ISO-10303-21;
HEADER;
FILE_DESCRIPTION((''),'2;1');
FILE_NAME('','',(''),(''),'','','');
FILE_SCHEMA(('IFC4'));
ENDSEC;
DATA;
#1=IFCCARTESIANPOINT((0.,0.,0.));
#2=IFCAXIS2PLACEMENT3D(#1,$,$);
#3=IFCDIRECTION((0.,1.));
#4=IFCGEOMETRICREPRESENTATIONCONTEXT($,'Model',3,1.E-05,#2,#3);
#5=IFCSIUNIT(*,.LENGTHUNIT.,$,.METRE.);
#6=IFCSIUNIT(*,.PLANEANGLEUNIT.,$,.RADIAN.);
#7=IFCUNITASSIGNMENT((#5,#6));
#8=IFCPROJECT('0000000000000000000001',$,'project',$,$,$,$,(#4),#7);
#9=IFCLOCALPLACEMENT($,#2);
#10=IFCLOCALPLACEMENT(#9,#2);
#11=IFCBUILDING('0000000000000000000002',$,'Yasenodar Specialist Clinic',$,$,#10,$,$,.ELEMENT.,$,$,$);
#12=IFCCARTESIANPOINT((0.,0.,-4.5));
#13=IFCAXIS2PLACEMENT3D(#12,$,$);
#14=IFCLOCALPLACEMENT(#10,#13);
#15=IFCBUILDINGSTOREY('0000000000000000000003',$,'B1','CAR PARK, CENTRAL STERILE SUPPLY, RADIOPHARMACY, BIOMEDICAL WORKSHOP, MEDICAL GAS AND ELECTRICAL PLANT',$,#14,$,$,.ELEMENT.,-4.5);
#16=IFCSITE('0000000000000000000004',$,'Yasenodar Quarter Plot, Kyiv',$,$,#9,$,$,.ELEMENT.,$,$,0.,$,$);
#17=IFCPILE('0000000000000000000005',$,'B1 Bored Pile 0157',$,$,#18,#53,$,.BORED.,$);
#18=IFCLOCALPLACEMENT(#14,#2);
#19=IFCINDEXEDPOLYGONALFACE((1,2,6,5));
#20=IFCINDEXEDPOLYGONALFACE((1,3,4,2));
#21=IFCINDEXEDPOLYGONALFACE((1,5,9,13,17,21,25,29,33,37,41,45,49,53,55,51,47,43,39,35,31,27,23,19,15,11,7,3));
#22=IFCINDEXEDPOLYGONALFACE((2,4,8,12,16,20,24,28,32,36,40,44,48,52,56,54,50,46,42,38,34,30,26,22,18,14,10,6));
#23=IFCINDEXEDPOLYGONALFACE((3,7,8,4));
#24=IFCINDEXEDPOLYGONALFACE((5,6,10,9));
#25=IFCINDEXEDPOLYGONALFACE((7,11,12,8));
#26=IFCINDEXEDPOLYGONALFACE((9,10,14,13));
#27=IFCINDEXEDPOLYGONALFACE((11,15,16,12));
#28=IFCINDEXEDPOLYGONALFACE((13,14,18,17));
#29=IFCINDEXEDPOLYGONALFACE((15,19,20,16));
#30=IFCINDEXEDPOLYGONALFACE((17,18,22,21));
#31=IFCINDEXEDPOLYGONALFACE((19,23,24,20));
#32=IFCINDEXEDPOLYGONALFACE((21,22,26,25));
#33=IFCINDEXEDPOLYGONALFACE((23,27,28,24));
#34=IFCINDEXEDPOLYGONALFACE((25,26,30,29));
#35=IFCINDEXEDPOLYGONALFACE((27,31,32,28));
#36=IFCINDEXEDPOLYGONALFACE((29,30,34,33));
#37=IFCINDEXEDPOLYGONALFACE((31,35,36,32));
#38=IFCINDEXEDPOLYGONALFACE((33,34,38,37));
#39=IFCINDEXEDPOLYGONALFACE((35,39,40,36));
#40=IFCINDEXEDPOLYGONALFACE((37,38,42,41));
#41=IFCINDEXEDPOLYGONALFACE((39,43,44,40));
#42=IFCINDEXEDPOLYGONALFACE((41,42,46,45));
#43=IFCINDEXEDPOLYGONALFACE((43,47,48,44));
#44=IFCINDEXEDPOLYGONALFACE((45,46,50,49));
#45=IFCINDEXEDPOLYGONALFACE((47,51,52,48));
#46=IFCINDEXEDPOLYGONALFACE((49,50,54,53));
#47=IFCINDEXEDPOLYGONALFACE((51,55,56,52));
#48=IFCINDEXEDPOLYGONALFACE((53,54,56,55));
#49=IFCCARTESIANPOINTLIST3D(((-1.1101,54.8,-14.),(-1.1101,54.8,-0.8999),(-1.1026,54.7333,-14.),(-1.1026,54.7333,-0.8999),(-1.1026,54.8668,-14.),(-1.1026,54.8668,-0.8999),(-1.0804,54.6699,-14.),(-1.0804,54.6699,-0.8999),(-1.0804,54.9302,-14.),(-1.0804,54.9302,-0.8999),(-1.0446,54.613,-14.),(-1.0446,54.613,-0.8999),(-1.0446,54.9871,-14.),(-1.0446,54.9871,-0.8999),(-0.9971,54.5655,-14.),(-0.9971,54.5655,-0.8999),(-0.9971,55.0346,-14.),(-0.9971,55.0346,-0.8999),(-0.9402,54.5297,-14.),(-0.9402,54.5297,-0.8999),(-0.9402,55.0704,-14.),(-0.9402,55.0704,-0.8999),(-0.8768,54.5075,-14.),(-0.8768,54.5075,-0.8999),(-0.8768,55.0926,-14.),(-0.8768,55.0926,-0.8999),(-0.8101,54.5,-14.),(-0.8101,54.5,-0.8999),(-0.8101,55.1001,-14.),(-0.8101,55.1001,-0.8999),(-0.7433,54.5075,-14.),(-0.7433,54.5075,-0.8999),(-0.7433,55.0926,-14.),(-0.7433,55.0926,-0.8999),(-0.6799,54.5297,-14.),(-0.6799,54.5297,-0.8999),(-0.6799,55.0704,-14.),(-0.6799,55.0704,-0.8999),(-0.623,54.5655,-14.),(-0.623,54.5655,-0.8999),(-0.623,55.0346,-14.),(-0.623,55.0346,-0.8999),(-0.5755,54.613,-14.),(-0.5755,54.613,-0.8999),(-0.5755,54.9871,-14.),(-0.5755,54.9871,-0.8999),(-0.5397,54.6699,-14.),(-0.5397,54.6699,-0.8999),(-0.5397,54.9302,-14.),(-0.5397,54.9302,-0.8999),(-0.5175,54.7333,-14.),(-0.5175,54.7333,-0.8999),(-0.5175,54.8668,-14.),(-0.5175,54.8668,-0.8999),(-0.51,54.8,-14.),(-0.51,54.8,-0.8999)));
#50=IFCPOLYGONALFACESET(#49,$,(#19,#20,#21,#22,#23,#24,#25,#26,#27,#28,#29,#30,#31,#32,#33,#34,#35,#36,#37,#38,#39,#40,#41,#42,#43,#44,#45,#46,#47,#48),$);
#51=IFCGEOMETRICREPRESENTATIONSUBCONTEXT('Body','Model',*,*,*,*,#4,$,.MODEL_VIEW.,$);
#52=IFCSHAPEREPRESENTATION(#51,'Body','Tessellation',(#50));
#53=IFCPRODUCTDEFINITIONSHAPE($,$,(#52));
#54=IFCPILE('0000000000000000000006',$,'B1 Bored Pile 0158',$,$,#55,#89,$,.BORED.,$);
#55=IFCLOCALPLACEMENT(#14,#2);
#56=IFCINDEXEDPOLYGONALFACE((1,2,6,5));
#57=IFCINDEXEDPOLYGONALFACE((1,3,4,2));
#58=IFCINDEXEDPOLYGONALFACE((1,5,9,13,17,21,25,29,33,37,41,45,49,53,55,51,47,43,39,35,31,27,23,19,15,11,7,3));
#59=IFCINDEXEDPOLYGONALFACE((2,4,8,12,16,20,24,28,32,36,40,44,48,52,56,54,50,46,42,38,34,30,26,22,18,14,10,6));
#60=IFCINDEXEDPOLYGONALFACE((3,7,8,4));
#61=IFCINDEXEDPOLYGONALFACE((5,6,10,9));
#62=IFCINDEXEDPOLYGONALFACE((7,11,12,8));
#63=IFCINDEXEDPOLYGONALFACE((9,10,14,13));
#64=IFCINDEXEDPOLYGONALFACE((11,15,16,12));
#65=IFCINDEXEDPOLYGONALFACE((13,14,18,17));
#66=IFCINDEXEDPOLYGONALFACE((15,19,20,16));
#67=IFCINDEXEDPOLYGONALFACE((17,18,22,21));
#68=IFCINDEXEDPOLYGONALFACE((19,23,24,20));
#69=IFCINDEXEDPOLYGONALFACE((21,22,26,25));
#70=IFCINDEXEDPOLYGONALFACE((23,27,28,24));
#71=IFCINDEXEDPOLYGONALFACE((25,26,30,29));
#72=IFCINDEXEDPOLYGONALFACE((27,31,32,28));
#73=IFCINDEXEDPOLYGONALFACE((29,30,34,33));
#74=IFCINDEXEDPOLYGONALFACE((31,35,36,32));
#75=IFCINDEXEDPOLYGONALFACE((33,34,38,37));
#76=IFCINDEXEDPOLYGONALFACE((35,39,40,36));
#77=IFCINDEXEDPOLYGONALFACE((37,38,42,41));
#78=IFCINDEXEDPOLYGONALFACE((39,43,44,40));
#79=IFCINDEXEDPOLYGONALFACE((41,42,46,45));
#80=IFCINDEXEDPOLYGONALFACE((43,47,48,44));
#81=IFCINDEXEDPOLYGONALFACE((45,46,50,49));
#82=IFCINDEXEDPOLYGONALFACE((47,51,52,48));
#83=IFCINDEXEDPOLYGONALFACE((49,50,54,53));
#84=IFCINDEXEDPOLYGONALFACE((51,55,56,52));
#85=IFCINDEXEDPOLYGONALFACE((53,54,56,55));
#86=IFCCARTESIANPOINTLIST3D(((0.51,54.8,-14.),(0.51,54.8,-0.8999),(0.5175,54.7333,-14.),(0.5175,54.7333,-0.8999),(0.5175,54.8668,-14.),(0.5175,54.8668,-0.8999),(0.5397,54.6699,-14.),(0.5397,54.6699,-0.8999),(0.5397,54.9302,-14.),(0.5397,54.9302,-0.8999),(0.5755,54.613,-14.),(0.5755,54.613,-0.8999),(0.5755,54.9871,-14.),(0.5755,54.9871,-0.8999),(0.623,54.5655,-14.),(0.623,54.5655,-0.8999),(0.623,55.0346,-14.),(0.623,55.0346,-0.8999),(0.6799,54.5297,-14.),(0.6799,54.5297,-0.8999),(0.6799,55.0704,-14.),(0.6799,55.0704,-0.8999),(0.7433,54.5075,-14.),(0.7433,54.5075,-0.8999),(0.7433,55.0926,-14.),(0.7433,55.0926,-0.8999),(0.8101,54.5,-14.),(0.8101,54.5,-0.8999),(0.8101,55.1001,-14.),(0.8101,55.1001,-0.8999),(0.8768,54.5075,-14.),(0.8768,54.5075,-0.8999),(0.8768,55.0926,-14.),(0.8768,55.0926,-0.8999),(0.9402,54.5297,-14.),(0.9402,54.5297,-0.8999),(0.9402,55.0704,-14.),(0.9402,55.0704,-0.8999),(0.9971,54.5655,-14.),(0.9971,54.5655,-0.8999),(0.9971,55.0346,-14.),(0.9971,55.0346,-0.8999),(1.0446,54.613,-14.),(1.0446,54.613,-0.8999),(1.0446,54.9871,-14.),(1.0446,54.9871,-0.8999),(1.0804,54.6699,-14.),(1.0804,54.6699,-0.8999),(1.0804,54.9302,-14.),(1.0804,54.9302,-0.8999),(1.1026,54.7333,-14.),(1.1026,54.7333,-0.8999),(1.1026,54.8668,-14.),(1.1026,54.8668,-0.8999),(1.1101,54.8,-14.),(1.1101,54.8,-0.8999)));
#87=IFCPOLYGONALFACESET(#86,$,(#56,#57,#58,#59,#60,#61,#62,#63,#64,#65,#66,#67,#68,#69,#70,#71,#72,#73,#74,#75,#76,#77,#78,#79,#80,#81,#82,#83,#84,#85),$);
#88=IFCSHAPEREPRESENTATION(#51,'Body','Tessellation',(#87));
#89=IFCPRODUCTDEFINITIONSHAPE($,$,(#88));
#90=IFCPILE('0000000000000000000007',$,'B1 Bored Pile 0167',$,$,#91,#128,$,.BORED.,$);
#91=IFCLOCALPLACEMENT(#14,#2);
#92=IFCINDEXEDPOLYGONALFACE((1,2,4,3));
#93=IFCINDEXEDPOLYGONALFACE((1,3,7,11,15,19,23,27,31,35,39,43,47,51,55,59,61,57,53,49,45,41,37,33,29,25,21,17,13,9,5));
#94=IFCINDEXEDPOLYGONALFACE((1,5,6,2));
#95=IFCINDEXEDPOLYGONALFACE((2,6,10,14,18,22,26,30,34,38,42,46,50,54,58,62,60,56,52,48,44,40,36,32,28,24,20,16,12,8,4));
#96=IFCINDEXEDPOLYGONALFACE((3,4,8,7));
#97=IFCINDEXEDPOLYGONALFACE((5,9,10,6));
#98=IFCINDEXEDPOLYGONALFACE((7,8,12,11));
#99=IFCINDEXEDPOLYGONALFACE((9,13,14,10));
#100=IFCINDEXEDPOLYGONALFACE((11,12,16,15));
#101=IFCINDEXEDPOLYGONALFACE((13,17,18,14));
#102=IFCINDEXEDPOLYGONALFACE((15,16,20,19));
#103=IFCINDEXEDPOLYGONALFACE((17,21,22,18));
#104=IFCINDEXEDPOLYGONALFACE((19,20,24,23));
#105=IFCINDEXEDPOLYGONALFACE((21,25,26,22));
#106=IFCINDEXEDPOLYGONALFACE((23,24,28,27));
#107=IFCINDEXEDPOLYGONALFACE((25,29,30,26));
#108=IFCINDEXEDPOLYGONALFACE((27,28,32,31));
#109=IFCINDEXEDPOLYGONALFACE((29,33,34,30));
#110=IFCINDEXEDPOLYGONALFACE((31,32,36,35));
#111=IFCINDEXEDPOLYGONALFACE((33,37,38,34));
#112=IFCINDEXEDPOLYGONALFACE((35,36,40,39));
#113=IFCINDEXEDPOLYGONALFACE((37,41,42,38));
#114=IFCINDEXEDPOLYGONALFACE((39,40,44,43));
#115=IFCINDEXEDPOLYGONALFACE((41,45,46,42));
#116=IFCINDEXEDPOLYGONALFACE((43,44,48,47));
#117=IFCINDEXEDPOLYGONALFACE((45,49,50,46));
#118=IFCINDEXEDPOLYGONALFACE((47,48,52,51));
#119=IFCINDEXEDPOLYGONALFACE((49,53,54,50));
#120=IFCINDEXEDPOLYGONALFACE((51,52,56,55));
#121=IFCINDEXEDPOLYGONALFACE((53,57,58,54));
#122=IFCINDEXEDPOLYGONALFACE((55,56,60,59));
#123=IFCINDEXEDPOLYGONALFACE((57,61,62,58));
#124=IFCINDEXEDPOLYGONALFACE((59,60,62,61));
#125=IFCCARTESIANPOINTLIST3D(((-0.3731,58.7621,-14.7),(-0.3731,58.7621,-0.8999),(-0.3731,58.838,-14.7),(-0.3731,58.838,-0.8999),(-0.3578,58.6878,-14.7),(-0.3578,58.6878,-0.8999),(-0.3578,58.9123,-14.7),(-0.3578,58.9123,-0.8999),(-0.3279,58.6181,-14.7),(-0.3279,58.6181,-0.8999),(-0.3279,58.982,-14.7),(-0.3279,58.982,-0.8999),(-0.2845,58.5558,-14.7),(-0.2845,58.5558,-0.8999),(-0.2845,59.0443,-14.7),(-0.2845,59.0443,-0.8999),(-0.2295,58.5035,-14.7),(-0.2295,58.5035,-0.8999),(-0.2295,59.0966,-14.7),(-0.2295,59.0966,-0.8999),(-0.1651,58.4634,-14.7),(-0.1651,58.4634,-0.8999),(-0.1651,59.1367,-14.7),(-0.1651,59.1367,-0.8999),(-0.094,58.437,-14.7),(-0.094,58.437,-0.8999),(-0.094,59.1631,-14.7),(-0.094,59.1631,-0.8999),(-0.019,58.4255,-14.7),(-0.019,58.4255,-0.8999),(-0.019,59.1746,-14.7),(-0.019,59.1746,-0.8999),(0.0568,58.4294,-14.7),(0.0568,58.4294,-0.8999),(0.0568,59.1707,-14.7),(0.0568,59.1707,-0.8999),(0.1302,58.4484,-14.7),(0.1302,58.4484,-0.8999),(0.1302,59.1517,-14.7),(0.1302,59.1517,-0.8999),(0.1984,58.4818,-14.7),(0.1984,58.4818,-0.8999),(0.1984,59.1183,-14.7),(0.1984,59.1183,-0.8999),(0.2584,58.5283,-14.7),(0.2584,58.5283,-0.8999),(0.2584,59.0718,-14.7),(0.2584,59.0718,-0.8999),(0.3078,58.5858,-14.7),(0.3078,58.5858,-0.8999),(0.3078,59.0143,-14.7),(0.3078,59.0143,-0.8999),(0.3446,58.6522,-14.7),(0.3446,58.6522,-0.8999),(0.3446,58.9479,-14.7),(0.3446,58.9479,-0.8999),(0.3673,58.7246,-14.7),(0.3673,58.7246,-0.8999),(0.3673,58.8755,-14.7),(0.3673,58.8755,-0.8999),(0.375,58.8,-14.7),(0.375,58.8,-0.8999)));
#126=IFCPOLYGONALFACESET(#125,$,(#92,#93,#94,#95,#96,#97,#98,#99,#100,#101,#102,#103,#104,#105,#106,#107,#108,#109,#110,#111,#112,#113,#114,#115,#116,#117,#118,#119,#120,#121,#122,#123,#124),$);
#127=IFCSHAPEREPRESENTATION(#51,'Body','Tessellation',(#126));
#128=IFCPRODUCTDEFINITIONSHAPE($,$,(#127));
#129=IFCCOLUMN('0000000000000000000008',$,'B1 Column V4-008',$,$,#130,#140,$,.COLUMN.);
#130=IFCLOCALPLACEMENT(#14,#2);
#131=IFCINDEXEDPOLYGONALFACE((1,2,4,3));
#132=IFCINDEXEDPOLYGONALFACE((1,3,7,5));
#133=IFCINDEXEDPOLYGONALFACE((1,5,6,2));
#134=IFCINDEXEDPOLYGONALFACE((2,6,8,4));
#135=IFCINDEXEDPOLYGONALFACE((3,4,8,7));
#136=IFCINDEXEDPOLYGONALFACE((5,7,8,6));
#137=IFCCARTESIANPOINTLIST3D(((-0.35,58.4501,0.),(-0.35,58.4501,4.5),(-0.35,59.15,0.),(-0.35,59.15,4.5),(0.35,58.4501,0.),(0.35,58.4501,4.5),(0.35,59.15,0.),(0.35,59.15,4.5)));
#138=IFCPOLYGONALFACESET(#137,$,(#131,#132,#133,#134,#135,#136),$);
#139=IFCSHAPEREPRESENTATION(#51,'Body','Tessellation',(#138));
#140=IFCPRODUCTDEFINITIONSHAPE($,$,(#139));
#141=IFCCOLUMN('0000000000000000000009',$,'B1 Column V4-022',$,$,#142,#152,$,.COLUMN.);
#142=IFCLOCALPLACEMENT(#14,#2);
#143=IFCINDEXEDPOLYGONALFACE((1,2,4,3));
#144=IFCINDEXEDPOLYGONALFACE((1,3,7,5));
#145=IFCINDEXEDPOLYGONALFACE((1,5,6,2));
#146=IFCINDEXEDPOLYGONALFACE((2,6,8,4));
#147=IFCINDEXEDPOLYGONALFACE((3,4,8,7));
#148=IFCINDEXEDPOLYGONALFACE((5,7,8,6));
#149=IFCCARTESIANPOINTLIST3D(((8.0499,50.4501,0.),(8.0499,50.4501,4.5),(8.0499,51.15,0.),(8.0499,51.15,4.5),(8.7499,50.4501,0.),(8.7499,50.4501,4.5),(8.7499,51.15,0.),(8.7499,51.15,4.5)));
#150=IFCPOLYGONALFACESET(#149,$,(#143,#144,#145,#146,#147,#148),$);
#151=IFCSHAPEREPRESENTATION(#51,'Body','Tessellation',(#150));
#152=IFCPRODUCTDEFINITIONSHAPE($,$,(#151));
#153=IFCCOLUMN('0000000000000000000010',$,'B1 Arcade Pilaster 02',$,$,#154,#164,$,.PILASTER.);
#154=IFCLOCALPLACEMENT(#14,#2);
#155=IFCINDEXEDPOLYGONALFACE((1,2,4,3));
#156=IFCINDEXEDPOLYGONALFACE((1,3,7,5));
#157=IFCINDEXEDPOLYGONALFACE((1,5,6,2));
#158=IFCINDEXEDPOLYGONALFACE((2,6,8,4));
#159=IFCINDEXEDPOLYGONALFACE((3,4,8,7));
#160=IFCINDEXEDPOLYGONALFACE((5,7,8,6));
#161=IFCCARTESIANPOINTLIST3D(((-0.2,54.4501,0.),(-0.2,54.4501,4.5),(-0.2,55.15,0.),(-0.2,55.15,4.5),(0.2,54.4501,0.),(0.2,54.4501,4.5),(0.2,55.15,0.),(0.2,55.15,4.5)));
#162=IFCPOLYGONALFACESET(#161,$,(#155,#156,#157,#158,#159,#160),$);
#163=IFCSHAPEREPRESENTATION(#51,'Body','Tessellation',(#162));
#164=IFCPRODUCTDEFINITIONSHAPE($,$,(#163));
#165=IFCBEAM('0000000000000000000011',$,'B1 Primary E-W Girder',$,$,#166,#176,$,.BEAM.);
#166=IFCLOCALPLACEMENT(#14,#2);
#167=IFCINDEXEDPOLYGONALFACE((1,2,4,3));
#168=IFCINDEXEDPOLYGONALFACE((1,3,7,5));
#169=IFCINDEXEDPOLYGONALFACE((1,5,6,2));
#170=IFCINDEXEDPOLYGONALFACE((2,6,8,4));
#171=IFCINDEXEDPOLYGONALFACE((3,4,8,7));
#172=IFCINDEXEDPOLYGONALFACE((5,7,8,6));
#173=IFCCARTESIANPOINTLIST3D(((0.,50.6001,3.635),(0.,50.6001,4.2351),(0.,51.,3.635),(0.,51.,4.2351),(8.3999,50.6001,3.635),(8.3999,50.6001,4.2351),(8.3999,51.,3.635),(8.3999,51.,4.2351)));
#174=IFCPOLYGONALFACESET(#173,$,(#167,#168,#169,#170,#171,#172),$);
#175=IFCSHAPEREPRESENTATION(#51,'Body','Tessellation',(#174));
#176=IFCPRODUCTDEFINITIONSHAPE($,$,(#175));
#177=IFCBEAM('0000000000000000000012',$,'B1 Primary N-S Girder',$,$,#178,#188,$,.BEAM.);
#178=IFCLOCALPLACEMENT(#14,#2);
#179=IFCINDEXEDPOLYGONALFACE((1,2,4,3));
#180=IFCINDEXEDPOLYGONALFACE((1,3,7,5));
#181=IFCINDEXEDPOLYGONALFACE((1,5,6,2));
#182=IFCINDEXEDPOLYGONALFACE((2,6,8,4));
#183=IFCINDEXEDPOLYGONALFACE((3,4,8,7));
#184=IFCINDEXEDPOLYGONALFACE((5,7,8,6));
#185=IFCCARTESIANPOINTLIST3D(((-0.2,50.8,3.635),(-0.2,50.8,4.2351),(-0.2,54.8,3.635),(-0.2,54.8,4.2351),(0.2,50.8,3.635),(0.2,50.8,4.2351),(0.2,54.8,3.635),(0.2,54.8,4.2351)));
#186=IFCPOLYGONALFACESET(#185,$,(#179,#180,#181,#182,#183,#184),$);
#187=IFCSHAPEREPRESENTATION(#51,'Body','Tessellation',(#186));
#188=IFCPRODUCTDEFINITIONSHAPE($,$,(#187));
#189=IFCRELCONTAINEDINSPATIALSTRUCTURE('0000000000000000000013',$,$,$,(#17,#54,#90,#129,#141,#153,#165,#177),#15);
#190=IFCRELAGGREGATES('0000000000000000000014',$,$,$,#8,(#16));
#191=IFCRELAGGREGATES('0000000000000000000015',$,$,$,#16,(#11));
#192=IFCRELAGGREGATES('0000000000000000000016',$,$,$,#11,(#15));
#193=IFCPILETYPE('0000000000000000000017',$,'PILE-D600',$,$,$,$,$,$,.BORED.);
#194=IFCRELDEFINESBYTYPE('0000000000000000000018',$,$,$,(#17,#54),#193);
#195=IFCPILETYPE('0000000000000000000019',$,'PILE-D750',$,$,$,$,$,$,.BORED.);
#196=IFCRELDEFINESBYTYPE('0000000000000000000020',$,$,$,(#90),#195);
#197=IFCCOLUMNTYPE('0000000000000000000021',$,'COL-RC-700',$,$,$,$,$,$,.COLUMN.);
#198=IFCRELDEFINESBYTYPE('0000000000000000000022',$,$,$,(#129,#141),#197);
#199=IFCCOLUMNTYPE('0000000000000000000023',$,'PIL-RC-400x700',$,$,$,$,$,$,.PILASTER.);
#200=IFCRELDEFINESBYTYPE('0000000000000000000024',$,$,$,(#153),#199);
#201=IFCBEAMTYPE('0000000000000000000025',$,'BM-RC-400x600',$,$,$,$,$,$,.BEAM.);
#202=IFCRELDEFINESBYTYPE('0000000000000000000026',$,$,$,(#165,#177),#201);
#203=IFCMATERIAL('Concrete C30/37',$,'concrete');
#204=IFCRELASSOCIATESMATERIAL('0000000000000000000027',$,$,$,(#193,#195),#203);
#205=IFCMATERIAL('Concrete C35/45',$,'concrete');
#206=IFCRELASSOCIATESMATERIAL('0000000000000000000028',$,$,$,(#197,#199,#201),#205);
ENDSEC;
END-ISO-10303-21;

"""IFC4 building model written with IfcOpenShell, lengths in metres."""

from ifc_helpers import new_model, si_unit, direction, frame, origin, origin_2d, place, context, subcontext, project, spatial, rectangle, circle, extrude, material, material_profile, profile_set, type_object, element, save


model = new_model("IFC4")

# Units and contexts
model_context = context("Model", 3, precision=1e-05, world=origin(), true_north=direction((0.0, 1.0)))
body_context = subcontext(model_context, "Body", "Model", "MODEL_VIEW")
ifc_project = project(units=[si_unit("LENGTHUNIT", "METRE"), si_unit("PLANEANGLEUNIT", "RADIAN")], contexts=[model_context])

# Site, building, storey
site_placement = place(None, origin())
site = spatial("IfcSite", under=ifc_project, at=site_placement, Name="Yasenodar Quarter Plot, Kyiv", CompositionType="ELEMENT", RefElevation=0.0)
building_placement = place(site_placement, origin())
building = spatial("IfcBuilding", under=site, at=building_placement, Name="Yasenodar Specialist Clinic", CompositionType="ELEMENT")
storey_placement = place(building_placement, frame((0.0, 0.0, -4.5)))
storey = spatial("IfcBuildingStorey", under=building, at=storey_placement, Name="B1", Description="CAR PARK, CENTRAL STERILE SUPPLY, RADIOPHARMACY, BIOMEDICAL WORKSHOP, MEDICAL GAS AND ELECTRICAL PLANT", CompositionType="ELEMENT", Elevation=-4.5)

# Shared definitions
ifc_material_1 = material(Name="Concrete C35/45", Category="concrete")

# Piles
ifc_material_2 = material(Name="Concrete C30/37", Category="concrete")
ifc_material_profile_1 = material_profile(ifc_material_2, circle(Radius=0.3, at=origin_2d()), Name="PILE D600")
ifc_profile_set_1 = profile_set([ifc_material_profile_1], Name="Concrete C30/37")
pile_type_1 = type_object("IfcPileType", Name="PILE-D600", PredefinedType="BORED", material=ifc_profile_set_1)
for number, where, z_axis, x_axis, name in (
    (1, (-0.8101, 54.8, -0.8999), (0.0, 0.0, -1.0), (1.0, 0.0, 0.0), "B1 Bored Pile 0157"),
    (2, (0.8101, 54.8, -0.8999), (0.0, 0.0, -1.0), (1.0, 0.0, 0.0), "B1 Bored Pile 0158"),
):
    element("IfcPile", number, at=place(storey_placement, frame(where, z_axis=z_axis, x_axis=x_axis)), inside=storey, type_object=pile_type_1, Name=name, PredefinedType="BORED", context=body_context, shape_type="SweptSolid", body=[
        extrude(circle(Radius=0.3, at=origin_2d()), origin(), (0.0, 0.0, 1.0), 13.1001),
    ])
ifc_material_profile_2 = material_profile(ifc_material_2, circle(Radius=0.375, at=origin_2d()), Name="PILE D750")
ifc_profile_set_2 = profile_set([ifc_material_profile_2], Name="Concrete C30/37")
pile_type_2 = type_object("IfcPileType", Name="PILE-D750", PredefinedType="BORED", material=ifc_profile_set_2)
pile_placement = place(storey_placement, frame((0.0, 58.8, -0.8999), z_axis=(0.0, 0.0, -1.0), x_axis=(1.0, 0.0, 0.0)))
element("IfcPile", 3, at=pile_placement, inside=storey, type_object=pile_type_2, Name="B1 Bored Pile 0167", PredefinedType="BORED", context=body_context, shape_type="SweptSolid", body=[
    extrude(circle(Radius=0.375, at=origin_2d()), origin(), (0.0, 0.0, 1.0), 13.8),
])

# Columns
ifc_material_profile_3 = material_profile(ifc_material_1, rectangle(XDim=0.7, YDim=0.7, at=origin_2d()), Name="RC 700x700")
ifc_profile_set_3 = profile_set([ifc_material_profile_3], Name="Concrete C35/45")
column_type_1 = type_object("IfcColumnType", Name="COL-RC-700", PredefinedType="COLUMN", material=ifc_profile_set_3)
for number, where, z_axis, x_axis, name in (
    (4, (0.0, 58.8, 0.0), (0.0, 0.0, 1.0), (1.0, 0.0, 0.0), "B1 Column V4-008"),
    (5, (8.3999, 50.8, 0.0), (0.0, 0.0, 1.0), (1.0, 0.0, 0.0), "B1 Column V4-022"),
):
    element("IfcColumn", number, at=place(storey_placement, frame(where, z_axis=z_axis, x_axis=x_axis)), inside=storey, type_object=column_type_1, Name=name, PredefinedType="COLUMN", context=body_context, shape_type="SweptSolid", body=[
        extrude(rectangle(XDim=0.7, YDim=0.7, at=origin_2d()), origin(), (0.0, 0.0, 1.0), 4.5),
    ])
ifc_material_profile_4 = material_profile(ifc_material_1, rectangle(XDim=0.3999, YDim=0.7, at=origin_2d()), Name="RC 400x700")
ifc_profile_set_4 = profile_set([ifc_material_profile_4], Name="Concrete C35/45")
column_type_2 = type_object("IfcColumnType", Name="PIL-RC-400x700", PredefinedType="PILASTER", material=ifc_profile_set_4)
column_placement = place(storey_placement, frame((0.0, 54.8, 0.0), z_axis=(0.0, 0.0, 1.0), x_axis=(1.0, 0.0, 0.0)))
element("IfcColumn", 6, at=column_placement, inside=storey, type_object=column_type_2, Name="B1 Arcade Pilaster 02", PredefinedType="PILASTER", context=body_context, shape_type="SweptSolid", body=[
    extrude(rectangle(XDim=0.3999, YDim=0.7, at=origin_2d()), origin(), (0.0, 0.0, 1.0), 4.5),
])

# Beams
ifc_material_profile_5 = material_profile(ifc_material_1, rectangle(XDim=0.3999, YDim=0.6001, at=origin_2d()), Name="RC 400x600")
ifc_profile_set_5 = profile_set([ifc_material_profile_5], Name="Concrete C35/45")
beam_type_1 = type_object("IfcBeamType", Name="BM-RC-400x600", PredefinedType="BEAM", material=ifc_profile_set_5)
beam_1_placement = place(storey_placement, frame((0.0, 50.8, 3.9351), z_axis=(1.0, 0.0, 0.0), x_axis=(0.0, 1.0, 0.0)))
element("IfcBeam", 7, at=beam_1_placement, inside=storey, type_object=beam_type_1, Name="B1 Primary E-W Girder", PredefinedType="BEAM", context=body_context, shape_type="SweptSolid", body=[
    extrude(rectangle(XDim=0.3999, YDim=0.6001, at=origin_2d()), origin(), (0.0, 0.0, 1.0), 8.3999),
])
beam_2_placement = place(storey_placement, frame((0.0, 50.8, 3.9351), z_axis=(0.0, 1.0, 0.0), x_axis=(-1.0, 0.0, 0.0)))
element("IfcBeam", 8, at=beam_2_placement, inside=storey, type_object=beam_type_1, Name="B1 Primary N-S Girder", PredefinedType="BEAM", context=body_context, shape_type="SweptSolid", body=[
    extrude(rectangle(XDim=0.3999, YDim=0.6001, at=origin_2d()), origin(), (0.0, 0.0, 1.0), 4.0),
])

save(model, "model.ifc")
